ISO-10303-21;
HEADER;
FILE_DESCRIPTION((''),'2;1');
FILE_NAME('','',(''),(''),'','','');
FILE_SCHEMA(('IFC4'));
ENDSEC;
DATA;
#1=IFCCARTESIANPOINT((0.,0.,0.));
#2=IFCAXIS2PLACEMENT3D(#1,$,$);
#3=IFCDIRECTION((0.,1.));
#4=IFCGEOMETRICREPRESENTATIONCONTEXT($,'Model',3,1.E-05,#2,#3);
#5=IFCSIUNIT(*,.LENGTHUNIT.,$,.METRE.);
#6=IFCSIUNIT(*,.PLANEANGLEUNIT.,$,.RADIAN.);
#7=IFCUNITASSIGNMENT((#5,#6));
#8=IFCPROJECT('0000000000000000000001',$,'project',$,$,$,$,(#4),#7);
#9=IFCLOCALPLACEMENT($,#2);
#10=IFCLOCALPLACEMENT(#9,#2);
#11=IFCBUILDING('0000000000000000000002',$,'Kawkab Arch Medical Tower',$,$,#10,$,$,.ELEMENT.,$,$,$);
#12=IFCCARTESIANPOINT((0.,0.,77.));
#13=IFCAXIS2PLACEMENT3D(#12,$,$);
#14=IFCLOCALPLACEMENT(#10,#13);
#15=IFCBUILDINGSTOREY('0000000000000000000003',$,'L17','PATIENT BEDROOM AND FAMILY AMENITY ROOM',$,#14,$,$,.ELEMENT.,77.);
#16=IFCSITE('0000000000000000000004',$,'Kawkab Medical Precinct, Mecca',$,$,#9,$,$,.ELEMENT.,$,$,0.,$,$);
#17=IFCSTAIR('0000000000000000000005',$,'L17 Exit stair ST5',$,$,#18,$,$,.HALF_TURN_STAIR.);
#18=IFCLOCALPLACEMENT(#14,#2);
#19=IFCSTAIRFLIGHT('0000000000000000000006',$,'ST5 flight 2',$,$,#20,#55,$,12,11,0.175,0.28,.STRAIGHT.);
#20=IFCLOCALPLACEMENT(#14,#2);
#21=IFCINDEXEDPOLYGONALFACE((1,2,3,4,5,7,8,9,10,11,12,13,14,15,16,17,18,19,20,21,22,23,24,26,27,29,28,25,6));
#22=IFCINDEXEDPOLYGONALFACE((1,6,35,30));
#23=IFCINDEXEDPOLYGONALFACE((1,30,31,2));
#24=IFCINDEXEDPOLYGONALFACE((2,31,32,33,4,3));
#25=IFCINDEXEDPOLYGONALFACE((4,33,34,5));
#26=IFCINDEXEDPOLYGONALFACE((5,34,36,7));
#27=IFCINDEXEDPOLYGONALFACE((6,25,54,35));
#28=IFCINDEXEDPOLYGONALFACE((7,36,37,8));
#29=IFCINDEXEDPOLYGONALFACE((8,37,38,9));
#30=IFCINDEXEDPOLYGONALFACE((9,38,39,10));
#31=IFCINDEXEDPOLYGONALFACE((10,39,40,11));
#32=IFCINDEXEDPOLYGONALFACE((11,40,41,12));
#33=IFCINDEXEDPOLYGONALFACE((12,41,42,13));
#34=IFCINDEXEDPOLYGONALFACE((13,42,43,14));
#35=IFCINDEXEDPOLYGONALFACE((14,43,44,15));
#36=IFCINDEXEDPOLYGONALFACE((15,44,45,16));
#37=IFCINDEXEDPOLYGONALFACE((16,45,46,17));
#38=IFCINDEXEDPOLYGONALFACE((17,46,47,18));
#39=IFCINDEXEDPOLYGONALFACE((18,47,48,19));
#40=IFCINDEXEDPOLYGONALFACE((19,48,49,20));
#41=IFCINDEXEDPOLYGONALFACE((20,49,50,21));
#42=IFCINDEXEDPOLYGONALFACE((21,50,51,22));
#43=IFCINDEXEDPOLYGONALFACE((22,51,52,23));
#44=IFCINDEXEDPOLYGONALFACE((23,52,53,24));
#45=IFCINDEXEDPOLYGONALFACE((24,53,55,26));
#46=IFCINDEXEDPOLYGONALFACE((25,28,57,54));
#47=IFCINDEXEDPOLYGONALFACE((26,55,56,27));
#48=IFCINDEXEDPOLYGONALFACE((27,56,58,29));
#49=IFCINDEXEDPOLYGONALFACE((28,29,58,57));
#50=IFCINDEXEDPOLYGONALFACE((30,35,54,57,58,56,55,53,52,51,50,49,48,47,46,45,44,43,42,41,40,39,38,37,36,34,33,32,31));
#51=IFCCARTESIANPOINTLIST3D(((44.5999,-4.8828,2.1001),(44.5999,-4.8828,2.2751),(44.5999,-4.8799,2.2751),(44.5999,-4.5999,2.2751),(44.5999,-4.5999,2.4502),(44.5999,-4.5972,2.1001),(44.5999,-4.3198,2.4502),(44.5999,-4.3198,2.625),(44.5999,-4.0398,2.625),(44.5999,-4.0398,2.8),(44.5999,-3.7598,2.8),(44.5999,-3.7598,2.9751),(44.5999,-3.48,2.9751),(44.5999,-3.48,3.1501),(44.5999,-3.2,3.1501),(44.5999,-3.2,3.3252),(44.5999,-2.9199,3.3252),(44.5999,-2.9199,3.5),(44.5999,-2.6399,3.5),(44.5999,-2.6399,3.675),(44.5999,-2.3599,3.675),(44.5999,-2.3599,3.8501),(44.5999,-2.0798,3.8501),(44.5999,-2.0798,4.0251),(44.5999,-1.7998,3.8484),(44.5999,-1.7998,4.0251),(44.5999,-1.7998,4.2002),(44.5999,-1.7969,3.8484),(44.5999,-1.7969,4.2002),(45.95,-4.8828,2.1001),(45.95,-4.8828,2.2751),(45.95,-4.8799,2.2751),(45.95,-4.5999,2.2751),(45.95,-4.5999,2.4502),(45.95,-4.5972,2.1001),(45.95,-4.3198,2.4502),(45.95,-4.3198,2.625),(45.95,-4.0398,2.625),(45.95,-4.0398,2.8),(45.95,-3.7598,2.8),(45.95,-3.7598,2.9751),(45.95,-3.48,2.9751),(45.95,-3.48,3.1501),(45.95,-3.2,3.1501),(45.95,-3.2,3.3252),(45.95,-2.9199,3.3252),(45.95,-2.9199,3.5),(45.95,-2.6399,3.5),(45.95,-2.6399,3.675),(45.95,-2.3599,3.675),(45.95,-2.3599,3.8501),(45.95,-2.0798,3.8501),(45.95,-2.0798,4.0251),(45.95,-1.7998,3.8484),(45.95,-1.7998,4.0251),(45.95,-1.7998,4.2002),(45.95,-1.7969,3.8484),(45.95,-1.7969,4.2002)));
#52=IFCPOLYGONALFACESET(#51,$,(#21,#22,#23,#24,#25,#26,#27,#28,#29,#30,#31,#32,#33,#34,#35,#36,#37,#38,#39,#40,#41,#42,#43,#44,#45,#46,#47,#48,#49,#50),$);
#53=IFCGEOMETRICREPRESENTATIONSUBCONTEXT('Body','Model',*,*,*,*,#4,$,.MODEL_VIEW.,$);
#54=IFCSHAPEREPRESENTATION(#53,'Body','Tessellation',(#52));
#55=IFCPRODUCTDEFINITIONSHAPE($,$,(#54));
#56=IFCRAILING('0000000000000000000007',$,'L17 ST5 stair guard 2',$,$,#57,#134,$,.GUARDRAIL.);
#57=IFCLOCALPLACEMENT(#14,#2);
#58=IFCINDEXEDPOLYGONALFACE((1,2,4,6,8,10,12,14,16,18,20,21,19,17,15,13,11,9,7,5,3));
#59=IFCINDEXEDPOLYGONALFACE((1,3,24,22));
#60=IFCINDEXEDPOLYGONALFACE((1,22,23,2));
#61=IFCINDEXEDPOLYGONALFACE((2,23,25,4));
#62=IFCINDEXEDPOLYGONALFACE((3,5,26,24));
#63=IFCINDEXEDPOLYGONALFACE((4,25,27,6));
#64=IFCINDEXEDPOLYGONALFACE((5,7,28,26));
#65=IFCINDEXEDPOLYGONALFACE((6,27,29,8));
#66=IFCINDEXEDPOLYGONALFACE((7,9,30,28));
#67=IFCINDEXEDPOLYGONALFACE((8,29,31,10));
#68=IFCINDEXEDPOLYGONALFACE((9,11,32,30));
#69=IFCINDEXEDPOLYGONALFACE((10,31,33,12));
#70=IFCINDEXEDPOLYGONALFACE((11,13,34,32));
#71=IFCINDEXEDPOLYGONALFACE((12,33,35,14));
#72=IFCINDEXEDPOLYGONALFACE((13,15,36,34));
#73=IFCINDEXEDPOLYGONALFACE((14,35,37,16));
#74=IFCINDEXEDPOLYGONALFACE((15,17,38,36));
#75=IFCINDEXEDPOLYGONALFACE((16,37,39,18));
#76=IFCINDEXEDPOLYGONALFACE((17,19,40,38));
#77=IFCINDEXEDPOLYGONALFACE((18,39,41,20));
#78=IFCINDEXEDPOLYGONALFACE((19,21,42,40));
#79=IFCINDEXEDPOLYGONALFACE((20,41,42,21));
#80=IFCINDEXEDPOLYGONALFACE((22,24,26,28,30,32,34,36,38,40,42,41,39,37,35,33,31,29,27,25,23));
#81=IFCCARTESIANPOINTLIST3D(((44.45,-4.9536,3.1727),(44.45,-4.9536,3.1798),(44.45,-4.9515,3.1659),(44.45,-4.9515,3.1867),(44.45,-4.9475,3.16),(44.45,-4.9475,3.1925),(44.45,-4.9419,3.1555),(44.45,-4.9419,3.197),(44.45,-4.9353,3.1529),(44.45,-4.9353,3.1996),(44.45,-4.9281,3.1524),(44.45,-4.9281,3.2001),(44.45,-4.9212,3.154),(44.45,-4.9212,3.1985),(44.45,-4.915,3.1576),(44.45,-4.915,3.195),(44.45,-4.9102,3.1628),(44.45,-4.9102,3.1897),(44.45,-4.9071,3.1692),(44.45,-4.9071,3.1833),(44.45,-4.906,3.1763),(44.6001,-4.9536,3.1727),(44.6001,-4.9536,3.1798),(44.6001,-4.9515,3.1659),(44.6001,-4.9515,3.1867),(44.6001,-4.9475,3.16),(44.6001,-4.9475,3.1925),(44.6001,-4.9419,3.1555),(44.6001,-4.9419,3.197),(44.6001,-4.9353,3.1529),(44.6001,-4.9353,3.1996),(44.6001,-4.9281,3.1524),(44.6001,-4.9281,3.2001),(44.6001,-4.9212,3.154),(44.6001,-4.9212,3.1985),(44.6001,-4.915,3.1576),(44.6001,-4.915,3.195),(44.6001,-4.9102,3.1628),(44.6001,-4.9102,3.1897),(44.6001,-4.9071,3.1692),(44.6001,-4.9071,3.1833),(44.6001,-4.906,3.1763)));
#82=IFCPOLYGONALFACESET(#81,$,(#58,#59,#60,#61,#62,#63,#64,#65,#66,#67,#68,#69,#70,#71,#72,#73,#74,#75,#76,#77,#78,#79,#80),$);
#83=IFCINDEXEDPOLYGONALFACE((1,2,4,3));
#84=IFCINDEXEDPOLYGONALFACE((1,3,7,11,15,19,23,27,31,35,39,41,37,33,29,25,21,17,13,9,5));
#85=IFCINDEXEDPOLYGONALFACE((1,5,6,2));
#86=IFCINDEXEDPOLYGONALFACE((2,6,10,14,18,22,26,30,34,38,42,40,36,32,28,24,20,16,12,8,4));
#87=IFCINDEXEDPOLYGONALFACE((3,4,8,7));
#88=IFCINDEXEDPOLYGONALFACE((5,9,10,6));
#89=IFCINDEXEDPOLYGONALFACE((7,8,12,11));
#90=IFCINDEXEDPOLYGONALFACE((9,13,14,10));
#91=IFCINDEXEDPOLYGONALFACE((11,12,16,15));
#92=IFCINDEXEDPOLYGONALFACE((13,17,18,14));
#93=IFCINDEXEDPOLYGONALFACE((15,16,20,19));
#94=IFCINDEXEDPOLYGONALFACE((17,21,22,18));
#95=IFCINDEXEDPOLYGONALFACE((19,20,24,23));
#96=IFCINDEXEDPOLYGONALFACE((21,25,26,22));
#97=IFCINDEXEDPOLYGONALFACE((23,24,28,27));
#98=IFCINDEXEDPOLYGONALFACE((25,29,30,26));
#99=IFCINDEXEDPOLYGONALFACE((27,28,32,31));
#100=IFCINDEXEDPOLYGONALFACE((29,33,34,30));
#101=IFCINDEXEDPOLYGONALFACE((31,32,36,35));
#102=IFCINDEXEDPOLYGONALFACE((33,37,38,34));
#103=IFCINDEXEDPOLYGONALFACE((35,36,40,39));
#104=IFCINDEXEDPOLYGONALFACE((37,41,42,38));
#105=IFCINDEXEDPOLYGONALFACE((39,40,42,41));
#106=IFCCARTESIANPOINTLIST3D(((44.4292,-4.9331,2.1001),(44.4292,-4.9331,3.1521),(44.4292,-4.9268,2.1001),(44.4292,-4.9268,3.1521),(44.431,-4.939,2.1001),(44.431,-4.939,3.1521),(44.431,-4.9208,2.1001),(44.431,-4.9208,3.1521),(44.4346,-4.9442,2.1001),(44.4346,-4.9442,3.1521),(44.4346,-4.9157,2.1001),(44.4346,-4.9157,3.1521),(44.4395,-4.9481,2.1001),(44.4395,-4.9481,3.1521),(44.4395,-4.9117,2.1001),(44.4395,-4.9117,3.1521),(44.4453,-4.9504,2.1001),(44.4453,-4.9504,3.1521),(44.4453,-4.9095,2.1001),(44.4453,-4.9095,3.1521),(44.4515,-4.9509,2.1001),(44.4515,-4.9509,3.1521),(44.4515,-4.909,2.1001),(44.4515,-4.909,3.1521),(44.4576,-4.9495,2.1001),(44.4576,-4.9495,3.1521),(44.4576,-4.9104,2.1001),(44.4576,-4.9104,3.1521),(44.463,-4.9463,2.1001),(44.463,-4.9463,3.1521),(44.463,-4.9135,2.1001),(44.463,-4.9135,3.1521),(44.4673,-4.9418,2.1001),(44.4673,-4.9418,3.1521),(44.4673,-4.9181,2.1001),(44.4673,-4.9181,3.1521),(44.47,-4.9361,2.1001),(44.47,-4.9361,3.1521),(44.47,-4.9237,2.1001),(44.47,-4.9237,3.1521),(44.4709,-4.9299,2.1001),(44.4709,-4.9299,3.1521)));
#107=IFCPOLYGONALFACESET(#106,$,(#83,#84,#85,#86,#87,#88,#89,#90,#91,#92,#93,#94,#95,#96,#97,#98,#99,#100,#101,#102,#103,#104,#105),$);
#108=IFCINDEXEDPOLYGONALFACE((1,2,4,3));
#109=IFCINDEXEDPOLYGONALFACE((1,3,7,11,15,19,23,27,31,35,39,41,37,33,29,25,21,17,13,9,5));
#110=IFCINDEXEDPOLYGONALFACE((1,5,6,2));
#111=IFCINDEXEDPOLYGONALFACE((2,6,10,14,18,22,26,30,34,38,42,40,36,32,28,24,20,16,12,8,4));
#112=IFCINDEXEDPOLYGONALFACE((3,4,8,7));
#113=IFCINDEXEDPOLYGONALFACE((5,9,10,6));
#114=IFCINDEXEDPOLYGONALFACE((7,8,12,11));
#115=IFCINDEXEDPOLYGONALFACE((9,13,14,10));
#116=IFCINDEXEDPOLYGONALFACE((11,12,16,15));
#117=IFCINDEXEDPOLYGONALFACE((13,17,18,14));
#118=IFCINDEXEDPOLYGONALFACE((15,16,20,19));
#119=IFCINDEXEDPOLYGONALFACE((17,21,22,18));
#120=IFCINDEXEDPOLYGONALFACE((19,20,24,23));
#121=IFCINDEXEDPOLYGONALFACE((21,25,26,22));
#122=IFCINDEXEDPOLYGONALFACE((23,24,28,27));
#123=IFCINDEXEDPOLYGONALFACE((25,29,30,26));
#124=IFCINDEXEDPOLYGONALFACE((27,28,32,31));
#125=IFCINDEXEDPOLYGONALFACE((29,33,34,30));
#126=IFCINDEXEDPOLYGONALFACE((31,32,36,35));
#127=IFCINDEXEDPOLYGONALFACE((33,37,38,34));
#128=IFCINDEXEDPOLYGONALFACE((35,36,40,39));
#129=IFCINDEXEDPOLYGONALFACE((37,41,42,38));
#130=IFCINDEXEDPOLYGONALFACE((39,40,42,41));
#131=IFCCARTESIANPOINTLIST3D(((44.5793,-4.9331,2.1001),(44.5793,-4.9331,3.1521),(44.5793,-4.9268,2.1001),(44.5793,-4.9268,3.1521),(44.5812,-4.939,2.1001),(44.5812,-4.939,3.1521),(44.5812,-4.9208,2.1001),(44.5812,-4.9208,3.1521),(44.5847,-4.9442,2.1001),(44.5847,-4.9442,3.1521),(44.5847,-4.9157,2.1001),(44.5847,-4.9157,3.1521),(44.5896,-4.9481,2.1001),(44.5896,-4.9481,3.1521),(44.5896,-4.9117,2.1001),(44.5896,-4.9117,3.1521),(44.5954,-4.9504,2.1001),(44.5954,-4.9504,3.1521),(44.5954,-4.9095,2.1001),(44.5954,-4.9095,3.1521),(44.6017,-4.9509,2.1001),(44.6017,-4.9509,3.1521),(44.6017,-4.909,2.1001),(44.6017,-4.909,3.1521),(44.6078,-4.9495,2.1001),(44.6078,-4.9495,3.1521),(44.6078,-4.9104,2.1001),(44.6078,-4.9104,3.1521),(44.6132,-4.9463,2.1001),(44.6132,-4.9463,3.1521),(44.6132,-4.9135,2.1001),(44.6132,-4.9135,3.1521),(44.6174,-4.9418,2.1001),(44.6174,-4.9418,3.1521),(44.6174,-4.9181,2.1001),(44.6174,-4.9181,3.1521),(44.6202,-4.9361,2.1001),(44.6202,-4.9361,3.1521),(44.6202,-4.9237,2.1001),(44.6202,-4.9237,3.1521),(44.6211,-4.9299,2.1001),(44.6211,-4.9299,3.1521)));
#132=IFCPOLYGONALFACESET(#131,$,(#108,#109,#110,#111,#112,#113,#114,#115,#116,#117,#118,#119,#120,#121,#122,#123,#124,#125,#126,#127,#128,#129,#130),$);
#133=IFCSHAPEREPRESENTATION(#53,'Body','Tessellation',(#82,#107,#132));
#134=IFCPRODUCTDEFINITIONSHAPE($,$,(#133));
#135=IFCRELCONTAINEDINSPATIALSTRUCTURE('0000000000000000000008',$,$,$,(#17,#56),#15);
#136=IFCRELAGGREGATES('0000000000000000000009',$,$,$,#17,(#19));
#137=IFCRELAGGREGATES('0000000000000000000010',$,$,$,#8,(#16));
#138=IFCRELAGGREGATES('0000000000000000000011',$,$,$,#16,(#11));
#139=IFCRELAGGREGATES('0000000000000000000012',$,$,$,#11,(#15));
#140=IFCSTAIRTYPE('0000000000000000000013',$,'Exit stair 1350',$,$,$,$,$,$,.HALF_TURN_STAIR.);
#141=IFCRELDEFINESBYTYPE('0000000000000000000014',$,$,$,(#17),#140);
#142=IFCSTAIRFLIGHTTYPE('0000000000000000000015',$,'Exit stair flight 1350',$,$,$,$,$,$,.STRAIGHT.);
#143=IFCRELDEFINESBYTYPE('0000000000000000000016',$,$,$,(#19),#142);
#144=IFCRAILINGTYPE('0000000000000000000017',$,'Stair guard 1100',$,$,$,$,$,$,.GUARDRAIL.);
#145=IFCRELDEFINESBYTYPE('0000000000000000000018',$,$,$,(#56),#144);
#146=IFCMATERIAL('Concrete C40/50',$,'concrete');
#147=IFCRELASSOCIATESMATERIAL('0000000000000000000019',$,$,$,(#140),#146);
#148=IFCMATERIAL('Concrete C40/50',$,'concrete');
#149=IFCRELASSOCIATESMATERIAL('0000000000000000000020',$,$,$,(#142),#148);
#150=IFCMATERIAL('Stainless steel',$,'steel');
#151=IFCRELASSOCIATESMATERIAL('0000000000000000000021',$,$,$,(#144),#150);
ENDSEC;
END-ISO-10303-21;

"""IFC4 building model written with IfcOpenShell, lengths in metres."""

from ifc_helpers import new_model, si_unit, direction, frame, origin, origin_2d, place, context, subcontext, project, spatial, polyline, circle, outline, extrude, material, type_object, element, aggregate, save


model = new_model("IFC4")

# Units and contexts
model_context = context("Model", 3, precision=1e-05, world=origin(), true_north=direction((0.0, 1.0)))
body_context = subcontext(model_context, "Body", "Model", "MODEL_VIEW")
ifc_project = project(units=[si_unit("LENGTHUNIT", "METRE"), si_unit("PLANEANGLEUNIT", "RADIAN")], contexts=[model_context])

# Site, building, storey
site_placement = place(None, origin())
site = spatial("IfcSite", under=ifc_project, at=site_placement, Name="Kawkab Medical Precinct, Mecca", CompositionType="ELEMENT", RefElevation=0.0)
building_placement = place(site_placement, origin())
building = spatial("IfcBuilding", under=site, at=building_placement, Name="Kawkab Arch Medical Tower", CompositionType="ELEMENT")
storey_placement = place(building_placement, frame((0.0, 0.0, 77.0)))
storey = spatial("IfcBuildingStorey", under=building, at=storey_placement, Name="L17", Description="PATIENT BEDROOM AND FAMILY AMENITY ROOM", CompositionType="ELEMENT", Elevation=77.0)

# Stair, stair flight
ifc_material_1 = material(Name="Concrete C40/50", Category="concrete")
stair_type = type_object("IfcStairType", Name="Exit stair 1350", PredefinedType="HALF_TURN_STAIR", material=ifc_material_1)
stair_placement = place(storey_placement, origin())
stair = element("IfcStair", 1, at=stair_placement, inside=storey, type_object=stair_type, Name="L17 Exit stair ST5", PredefinedType="HALF_TURN_STAIR")
ifc_material_2 = material(Name="Concrete C40/50", Category="concrete")
stair_flight_type = type_object("IfcStairFlightType", Name="Exit stair flight 1350", PredefinedType="STRAIGHT", material=ifc_material_2)
stair_flight_1_placement = place(storey_placement, frame((45.2749, -4.8799, 2.1001), z_axis=(0.0, 0.0, 1.0), x_axis=(0.0, 1.0, 0.0)))
stair_flight_1 = element("IfcStairFlight", 2, at=stair_flight_1_placement, type_object=stair_flight_type, Name="ST5 flight 2", NumberOfRisers=12, NumberOfTreads=11, PredefinedType="STRAIGHT", RiserHeight=0.175, TreadLength=0.28, context=body_context, shape_type="SweptSolid", body=[
    extrude(outline(polyline([(-0.0029, 0.0), (-0.0029, 0.175), (0.0, 0.175), (0.28, 0.175), (0.28, 0.3501), (0.5601, 0.3501), (0.5601, 0.5249), (0.8401, 0.5249), (0.8401, 0.7), (1.1201, 0.7), (1.1201, 0.875), (1.3999, 0.875), (1.3999, 1.05), (1.6799, 1.05), (1.6799, 1.2251), (1.96, 1.2251), (1.96, 1.3999), (2.24, 1.3999), (2.24, 1.575), (2.52, 1.575), (2.52, 1.75), (2.8, 1.75), (2.8, 1.925), (3.0801, 1.925), (3.0801, 2.1001), (3.083, 2.1001), (3.083, 1.7483), (3.0801, 1.7483), (0.2827, 0.0), (-0.0029, 0.0)])), frame((0.0, 0.675, 0.0), z_axis=(0.0, -1.0, 0.0), x_axis=(1.0, 0.0, 0.0)), (0.0, 0.0, 1.0), 1.3501),
])
aggregate(stair, [stair_flight_1])

# Railing
ifc_material_3 = material(Name="Stainless steel", Category="steel")
railing_type = type_object("IfcRailingType", Name="Stair guard 1100", PredefinedType="GUARDRAIL", material=ifc_material_3)
railing_1_placement = place(storey_placement, frame((44.45, -4.9299, 2.1001)))
element("IfcRailing", 3, at=railing_1_placement, inside=storey, type_object=railing_type, Name="L17 ST5 stair guard 2", PredefinedType="GUARDRAIL", context=body_context, shape_type="SweptSolid", body=[
    extrude(circle(Radius=0.0239, at=origin_2d()), frame((0.0, 0.0, 1.0762), z_axis=(1.0, 0.0, 0.0), x_axis=(0.0, 1.0, 0.0)), (0.0, 0.0, 1.0), 0.1501),
    extrude(circle(Radius=0.021, at=origin_2d()), origin(), (0.0, 0.0, 1.0), 1.052),
    extrude(circle(Radius=0.021, at=origin_2d()), frame((0.1501, 0.0, 0.0)), (0.0, 0.0, 1.0), 1.052),
])

save(model, "model.ifc")
